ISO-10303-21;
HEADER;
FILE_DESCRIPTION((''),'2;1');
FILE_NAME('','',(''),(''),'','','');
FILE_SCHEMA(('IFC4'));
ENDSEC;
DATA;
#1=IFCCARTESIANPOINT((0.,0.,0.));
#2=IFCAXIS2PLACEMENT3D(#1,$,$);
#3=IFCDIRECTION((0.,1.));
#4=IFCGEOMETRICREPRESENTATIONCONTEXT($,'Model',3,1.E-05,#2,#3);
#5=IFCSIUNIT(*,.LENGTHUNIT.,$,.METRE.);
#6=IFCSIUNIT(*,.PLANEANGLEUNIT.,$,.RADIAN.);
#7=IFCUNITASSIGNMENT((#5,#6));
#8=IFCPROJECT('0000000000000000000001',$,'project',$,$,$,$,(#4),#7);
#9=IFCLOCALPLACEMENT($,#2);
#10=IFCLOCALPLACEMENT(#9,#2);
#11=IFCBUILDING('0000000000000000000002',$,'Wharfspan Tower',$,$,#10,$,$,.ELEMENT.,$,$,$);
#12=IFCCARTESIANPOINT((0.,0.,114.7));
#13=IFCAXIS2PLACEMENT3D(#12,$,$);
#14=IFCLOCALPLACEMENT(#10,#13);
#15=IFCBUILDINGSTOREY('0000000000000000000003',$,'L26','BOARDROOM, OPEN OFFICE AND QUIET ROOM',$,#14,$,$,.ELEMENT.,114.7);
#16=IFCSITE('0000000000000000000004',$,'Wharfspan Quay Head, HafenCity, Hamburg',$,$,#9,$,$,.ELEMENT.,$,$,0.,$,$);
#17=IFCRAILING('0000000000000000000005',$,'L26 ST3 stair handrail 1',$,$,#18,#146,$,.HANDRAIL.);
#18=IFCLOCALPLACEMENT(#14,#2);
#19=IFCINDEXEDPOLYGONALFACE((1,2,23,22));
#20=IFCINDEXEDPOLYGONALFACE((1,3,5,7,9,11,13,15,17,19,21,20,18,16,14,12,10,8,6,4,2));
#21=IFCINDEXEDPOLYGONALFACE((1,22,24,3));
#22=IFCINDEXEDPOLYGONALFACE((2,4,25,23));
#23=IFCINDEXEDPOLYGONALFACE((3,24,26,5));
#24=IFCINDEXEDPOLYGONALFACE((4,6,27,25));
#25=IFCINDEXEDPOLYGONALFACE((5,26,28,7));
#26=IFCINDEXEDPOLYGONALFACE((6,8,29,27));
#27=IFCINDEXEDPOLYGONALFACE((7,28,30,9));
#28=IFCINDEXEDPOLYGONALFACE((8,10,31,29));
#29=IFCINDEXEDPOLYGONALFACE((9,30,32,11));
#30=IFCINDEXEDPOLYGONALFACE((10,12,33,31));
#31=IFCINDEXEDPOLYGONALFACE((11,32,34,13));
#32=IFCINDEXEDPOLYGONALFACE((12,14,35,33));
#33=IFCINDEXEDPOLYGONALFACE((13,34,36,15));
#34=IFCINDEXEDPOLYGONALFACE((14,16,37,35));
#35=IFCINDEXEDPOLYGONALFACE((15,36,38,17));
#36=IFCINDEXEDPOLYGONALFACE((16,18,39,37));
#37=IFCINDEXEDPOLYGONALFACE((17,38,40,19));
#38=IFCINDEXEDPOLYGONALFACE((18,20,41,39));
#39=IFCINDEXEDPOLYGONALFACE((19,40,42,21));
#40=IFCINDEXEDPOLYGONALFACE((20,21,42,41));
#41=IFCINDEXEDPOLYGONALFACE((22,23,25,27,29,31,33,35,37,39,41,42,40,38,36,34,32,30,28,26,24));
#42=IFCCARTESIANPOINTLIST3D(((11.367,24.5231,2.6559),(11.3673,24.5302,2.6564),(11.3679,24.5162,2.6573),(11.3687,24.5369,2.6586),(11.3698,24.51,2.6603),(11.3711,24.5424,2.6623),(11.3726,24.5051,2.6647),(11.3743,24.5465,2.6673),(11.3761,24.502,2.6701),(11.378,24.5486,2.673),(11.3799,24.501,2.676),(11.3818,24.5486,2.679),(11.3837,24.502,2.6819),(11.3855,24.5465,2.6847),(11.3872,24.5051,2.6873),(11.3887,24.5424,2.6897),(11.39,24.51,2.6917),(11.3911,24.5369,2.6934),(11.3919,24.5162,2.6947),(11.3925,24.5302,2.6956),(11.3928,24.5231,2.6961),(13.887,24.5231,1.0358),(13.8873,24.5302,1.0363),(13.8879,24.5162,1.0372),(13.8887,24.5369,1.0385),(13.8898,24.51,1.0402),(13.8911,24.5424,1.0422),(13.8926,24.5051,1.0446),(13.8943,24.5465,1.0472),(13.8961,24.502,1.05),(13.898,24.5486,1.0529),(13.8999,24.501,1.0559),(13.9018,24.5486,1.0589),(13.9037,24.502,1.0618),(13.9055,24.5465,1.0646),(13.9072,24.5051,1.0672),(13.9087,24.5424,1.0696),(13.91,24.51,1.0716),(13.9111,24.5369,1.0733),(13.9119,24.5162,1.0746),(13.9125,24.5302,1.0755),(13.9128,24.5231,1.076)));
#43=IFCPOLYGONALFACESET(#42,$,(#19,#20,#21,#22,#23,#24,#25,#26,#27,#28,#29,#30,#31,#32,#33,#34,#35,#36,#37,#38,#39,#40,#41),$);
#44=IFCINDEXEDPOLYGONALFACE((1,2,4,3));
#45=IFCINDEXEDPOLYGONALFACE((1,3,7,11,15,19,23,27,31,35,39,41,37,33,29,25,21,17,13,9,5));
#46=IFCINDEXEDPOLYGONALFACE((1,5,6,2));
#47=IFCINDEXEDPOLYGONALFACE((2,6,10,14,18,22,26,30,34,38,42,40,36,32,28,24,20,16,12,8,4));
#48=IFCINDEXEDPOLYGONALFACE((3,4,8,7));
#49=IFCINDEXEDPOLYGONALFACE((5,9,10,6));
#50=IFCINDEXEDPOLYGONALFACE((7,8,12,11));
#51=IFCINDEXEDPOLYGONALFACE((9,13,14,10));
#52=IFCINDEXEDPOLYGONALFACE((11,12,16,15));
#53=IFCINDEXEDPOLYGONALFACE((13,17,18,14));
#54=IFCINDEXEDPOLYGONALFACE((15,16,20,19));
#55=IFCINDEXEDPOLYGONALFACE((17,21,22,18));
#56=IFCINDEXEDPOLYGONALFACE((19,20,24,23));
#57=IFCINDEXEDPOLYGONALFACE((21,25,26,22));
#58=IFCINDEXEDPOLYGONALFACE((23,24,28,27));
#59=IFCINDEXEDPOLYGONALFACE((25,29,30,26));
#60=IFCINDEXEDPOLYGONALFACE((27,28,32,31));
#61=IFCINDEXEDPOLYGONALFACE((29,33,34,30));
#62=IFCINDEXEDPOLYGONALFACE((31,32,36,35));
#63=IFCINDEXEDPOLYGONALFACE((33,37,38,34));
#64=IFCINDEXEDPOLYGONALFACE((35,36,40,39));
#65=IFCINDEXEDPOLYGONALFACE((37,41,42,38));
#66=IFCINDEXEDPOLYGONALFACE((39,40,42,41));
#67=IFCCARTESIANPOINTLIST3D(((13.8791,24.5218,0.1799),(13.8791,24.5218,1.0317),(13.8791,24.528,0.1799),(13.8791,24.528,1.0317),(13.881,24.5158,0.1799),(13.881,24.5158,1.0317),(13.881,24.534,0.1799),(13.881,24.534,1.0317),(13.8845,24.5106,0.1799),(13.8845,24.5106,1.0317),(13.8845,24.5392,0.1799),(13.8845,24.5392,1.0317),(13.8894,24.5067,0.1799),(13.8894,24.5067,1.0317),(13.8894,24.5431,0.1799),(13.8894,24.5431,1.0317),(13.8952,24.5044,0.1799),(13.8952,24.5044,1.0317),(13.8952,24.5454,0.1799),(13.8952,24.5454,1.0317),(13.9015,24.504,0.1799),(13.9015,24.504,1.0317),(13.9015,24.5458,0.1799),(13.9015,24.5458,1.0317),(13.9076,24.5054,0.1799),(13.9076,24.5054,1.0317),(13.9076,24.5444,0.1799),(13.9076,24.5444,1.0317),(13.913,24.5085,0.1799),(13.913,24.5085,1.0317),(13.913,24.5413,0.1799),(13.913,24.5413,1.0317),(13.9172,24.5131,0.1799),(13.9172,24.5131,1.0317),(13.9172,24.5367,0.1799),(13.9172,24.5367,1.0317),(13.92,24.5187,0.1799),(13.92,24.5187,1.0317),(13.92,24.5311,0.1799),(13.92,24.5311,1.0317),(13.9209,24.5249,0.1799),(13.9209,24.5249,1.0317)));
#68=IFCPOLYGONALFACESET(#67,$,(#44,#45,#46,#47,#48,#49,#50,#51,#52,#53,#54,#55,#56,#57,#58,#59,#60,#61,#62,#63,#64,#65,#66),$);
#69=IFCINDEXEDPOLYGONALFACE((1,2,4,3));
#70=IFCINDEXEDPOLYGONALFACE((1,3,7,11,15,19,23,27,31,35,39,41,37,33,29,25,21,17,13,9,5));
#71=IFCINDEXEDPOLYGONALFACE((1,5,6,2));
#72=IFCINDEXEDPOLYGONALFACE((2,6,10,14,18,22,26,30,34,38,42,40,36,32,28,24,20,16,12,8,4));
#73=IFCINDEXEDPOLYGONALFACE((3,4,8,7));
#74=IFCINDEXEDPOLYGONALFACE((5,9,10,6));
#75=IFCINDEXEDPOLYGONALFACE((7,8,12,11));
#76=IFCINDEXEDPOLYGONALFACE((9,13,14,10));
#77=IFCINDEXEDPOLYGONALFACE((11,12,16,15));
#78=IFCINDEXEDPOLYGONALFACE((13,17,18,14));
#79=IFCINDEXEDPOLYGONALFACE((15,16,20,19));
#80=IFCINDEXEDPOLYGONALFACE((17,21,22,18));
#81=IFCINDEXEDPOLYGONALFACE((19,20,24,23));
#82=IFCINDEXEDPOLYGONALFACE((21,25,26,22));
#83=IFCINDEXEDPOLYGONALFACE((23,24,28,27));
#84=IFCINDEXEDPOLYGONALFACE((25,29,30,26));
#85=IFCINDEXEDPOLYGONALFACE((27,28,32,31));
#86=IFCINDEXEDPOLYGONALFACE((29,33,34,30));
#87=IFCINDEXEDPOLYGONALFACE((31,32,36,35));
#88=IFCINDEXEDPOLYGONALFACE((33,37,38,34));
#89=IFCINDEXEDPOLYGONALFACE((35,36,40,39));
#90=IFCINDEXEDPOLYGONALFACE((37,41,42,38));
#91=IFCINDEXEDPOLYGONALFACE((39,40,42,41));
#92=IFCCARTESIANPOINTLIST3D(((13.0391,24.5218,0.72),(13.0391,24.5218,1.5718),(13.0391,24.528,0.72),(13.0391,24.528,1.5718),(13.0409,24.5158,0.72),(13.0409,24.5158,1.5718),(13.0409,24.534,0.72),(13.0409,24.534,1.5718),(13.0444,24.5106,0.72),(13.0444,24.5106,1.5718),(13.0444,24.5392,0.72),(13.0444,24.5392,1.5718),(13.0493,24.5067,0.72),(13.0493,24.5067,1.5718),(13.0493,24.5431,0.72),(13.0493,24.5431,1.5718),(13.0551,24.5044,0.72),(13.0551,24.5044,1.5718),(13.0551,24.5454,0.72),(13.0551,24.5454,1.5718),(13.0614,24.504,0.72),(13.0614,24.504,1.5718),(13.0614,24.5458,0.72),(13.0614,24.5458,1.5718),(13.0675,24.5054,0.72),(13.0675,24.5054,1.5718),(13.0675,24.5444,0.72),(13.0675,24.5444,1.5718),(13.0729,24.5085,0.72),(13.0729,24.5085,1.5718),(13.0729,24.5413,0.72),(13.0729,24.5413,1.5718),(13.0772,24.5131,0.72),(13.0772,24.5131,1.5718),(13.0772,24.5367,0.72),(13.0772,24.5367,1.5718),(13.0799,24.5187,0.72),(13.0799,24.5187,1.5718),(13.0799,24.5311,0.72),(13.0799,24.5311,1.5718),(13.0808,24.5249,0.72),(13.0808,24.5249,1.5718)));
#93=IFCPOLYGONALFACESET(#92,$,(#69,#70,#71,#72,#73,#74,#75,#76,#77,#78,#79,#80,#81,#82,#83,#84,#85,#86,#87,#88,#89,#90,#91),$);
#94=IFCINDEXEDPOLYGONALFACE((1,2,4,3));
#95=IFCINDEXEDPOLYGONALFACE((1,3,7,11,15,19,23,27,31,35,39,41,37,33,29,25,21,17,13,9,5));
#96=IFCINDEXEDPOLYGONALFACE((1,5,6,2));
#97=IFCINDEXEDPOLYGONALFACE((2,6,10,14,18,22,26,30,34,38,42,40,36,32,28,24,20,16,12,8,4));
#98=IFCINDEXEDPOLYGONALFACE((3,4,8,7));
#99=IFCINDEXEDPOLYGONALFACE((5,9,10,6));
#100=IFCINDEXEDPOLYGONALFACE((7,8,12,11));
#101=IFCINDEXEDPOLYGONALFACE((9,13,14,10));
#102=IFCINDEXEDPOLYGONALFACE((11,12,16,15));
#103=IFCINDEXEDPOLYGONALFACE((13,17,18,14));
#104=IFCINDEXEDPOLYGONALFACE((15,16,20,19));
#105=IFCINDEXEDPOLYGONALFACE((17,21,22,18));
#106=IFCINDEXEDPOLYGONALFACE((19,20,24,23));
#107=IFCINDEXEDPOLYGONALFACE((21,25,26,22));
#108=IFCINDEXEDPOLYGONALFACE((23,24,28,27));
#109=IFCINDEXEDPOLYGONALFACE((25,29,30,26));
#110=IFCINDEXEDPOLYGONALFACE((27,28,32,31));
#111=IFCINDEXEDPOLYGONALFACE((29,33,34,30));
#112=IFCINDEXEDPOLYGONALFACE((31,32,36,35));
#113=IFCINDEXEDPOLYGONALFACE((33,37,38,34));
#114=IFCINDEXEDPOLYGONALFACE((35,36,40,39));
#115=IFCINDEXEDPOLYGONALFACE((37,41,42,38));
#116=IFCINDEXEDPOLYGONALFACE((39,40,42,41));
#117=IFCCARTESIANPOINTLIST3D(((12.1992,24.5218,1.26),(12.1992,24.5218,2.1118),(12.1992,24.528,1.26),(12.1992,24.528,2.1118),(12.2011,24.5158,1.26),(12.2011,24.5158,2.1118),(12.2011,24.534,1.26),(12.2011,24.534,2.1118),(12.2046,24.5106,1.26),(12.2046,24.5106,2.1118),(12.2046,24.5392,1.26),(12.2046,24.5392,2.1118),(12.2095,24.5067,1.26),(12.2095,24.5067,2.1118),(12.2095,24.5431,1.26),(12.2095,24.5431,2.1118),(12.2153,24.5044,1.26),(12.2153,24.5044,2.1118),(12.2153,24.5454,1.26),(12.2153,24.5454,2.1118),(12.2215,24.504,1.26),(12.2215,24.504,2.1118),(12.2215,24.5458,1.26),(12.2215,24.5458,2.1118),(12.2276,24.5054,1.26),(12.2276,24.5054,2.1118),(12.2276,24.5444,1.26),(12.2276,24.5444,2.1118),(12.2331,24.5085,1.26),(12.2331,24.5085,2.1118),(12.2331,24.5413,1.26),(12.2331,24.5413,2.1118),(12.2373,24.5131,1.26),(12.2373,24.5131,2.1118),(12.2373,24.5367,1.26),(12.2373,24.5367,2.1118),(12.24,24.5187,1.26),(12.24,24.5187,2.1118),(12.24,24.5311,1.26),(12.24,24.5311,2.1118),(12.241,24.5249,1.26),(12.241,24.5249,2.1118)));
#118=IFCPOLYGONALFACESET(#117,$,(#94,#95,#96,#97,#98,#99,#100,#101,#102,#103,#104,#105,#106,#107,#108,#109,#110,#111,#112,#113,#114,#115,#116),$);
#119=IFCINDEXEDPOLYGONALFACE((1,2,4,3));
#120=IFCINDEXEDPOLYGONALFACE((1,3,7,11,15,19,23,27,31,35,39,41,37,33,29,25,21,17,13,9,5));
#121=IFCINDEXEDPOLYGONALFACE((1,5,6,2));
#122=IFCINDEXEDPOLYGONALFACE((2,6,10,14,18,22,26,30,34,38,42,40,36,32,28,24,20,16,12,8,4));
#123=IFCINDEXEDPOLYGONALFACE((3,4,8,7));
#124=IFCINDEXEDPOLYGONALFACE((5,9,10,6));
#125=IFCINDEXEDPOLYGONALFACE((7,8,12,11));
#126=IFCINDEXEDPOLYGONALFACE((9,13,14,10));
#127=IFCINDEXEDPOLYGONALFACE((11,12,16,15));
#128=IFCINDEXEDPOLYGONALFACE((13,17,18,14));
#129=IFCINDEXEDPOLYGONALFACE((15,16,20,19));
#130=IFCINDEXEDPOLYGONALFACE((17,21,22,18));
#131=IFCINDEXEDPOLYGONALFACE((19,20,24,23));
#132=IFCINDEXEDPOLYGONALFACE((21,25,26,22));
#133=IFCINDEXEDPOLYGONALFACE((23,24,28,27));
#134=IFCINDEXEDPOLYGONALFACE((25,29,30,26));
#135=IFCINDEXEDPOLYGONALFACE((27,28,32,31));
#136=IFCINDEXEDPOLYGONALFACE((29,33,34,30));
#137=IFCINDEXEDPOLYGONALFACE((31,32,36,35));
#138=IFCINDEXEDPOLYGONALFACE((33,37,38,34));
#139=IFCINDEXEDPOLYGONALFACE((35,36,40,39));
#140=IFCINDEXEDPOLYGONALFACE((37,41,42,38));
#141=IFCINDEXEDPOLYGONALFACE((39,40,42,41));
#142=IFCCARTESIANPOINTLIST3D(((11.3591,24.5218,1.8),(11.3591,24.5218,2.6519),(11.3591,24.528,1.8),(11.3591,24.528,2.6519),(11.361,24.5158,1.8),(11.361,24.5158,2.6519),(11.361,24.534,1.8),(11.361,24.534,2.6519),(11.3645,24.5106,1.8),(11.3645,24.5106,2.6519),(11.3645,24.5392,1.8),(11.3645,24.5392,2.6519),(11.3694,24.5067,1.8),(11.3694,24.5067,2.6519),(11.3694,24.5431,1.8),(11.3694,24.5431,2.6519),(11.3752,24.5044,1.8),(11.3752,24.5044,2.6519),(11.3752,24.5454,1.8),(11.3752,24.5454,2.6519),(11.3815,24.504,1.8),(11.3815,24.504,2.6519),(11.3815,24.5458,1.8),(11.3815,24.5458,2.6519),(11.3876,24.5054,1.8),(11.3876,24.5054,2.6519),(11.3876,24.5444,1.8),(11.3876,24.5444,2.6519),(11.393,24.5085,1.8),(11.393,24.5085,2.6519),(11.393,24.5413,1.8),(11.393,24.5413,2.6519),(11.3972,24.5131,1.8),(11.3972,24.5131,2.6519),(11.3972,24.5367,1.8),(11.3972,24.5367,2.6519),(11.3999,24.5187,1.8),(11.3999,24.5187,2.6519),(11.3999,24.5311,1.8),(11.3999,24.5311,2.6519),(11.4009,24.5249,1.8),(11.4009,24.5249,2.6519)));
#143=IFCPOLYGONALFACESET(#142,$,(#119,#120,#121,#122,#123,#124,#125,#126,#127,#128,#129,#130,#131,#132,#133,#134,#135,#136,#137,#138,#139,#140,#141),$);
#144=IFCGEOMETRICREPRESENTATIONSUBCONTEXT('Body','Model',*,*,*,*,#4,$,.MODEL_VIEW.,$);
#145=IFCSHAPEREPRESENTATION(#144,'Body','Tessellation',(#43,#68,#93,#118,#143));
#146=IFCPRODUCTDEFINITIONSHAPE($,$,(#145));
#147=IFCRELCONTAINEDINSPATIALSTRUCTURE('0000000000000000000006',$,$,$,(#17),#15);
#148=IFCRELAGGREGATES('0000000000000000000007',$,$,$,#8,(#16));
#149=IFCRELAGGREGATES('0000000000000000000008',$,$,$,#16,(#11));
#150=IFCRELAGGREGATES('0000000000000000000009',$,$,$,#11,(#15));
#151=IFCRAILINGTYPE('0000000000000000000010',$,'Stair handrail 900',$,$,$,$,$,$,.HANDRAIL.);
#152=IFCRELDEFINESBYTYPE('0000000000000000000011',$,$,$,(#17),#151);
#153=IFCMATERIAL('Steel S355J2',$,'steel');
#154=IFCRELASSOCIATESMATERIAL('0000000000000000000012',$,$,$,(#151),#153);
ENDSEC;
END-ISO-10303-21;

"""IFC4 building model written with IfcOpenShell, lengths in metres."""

from ifc_helpers import new_model, si_unit, direction, frame, origin, origin_2d, place, context, subcontext, project, spatial, circle, extrude, material, type_object, element, save


model = new_model("IFC4")

# Units and contexts
model_context = context("Model", 3, precision=1e-05, world=origin(), true_north=direction((0.0, 1.0)))
body_context = subcontext(model_context, "Body", "Model", "MODEL_VIEW")
ifc_project = project(units=[si_unit("LENGTHUNIT", "METRE"), si_unit("PLANEANGLEUNIT", "RADIAN")], contexts=[model_context])

# Site, building, storey
site_placement = place(None, origin())
site = spatial("IfcSite", under=ifc_project, at=site_placement, Name="Wharfspan Quay Head, HafenCity, Hamburg", CompositionType="ELEMENT", RefElevation=0.0)
building_placement = place(site_placement, origin())
building = spatial("IfcBuilding", under=site, at=building_placement, Name="Wharfspan Tower", CompositionType="ELEMENT")
storey_placement = place(building_placement, frame((0.0, 0.0, 114.7)))
storey = spatial("IfcBuildingStorey", under=building, at=storey_placement, Name="L26", Description="BOARDROOM, OPEN OFFICE AND QUIET ROOM", CompositionType="ELEMENT", Elevation=114.7)

# Shared definitions
ifc_material_1 = material(Name="Steel S355J2", Category="steel")

# Railing
railing_type_1 = type_object("IfcRailingType", Name="Stair handrail 900", PredefinedType="HANDRAIL", material=ifc_material_1)
railing_1_placement = place(storey_placement, frame((13.8999, 24.5249, 0.1799)))
element("IfcRailing", 1, at=railing_1_placement, inside=storey, type_object=railing_type_1, Name="L26 ST3 stair handrail 1", PredefinedType="HANDRAIL", context=body_context, shape_type="SweptSolid", body=[
    extrude(circle(Radius=0.0239, at=origin_2d()), frame((0.0, 0.0, 0.876), z_axis=(-0.841163, 0.0, 0.540782), x_axis=(0.0, -1.0, 0.0)), (0.0, 0.0, 1.0), 2.9958),
    extrude(circle(Radius=0.021, at=origin_2d()), origin(), (0.0, 0.0, 1.0), 0.8518),
    extrude(circle(Radius=0.021, at=origin_2d()), frame((-0.8401, 0.0, 0.54)), (0.0, 0.0, 1.0), 0.8518),
    extrude(circle(Radius=0.021, at=origin_2d()), frame((-1.6799, 0.0, 1.0801)), (0.0, 0.0, 1.0), 0.8518),
    extrude(circle(Radius=0.021, at=origin_2d()), frame((-2.52, 0.0, 1.6201)), (0.0, 0.0, 1.0), 0.8518),
])

save(model, "model.ifc")
